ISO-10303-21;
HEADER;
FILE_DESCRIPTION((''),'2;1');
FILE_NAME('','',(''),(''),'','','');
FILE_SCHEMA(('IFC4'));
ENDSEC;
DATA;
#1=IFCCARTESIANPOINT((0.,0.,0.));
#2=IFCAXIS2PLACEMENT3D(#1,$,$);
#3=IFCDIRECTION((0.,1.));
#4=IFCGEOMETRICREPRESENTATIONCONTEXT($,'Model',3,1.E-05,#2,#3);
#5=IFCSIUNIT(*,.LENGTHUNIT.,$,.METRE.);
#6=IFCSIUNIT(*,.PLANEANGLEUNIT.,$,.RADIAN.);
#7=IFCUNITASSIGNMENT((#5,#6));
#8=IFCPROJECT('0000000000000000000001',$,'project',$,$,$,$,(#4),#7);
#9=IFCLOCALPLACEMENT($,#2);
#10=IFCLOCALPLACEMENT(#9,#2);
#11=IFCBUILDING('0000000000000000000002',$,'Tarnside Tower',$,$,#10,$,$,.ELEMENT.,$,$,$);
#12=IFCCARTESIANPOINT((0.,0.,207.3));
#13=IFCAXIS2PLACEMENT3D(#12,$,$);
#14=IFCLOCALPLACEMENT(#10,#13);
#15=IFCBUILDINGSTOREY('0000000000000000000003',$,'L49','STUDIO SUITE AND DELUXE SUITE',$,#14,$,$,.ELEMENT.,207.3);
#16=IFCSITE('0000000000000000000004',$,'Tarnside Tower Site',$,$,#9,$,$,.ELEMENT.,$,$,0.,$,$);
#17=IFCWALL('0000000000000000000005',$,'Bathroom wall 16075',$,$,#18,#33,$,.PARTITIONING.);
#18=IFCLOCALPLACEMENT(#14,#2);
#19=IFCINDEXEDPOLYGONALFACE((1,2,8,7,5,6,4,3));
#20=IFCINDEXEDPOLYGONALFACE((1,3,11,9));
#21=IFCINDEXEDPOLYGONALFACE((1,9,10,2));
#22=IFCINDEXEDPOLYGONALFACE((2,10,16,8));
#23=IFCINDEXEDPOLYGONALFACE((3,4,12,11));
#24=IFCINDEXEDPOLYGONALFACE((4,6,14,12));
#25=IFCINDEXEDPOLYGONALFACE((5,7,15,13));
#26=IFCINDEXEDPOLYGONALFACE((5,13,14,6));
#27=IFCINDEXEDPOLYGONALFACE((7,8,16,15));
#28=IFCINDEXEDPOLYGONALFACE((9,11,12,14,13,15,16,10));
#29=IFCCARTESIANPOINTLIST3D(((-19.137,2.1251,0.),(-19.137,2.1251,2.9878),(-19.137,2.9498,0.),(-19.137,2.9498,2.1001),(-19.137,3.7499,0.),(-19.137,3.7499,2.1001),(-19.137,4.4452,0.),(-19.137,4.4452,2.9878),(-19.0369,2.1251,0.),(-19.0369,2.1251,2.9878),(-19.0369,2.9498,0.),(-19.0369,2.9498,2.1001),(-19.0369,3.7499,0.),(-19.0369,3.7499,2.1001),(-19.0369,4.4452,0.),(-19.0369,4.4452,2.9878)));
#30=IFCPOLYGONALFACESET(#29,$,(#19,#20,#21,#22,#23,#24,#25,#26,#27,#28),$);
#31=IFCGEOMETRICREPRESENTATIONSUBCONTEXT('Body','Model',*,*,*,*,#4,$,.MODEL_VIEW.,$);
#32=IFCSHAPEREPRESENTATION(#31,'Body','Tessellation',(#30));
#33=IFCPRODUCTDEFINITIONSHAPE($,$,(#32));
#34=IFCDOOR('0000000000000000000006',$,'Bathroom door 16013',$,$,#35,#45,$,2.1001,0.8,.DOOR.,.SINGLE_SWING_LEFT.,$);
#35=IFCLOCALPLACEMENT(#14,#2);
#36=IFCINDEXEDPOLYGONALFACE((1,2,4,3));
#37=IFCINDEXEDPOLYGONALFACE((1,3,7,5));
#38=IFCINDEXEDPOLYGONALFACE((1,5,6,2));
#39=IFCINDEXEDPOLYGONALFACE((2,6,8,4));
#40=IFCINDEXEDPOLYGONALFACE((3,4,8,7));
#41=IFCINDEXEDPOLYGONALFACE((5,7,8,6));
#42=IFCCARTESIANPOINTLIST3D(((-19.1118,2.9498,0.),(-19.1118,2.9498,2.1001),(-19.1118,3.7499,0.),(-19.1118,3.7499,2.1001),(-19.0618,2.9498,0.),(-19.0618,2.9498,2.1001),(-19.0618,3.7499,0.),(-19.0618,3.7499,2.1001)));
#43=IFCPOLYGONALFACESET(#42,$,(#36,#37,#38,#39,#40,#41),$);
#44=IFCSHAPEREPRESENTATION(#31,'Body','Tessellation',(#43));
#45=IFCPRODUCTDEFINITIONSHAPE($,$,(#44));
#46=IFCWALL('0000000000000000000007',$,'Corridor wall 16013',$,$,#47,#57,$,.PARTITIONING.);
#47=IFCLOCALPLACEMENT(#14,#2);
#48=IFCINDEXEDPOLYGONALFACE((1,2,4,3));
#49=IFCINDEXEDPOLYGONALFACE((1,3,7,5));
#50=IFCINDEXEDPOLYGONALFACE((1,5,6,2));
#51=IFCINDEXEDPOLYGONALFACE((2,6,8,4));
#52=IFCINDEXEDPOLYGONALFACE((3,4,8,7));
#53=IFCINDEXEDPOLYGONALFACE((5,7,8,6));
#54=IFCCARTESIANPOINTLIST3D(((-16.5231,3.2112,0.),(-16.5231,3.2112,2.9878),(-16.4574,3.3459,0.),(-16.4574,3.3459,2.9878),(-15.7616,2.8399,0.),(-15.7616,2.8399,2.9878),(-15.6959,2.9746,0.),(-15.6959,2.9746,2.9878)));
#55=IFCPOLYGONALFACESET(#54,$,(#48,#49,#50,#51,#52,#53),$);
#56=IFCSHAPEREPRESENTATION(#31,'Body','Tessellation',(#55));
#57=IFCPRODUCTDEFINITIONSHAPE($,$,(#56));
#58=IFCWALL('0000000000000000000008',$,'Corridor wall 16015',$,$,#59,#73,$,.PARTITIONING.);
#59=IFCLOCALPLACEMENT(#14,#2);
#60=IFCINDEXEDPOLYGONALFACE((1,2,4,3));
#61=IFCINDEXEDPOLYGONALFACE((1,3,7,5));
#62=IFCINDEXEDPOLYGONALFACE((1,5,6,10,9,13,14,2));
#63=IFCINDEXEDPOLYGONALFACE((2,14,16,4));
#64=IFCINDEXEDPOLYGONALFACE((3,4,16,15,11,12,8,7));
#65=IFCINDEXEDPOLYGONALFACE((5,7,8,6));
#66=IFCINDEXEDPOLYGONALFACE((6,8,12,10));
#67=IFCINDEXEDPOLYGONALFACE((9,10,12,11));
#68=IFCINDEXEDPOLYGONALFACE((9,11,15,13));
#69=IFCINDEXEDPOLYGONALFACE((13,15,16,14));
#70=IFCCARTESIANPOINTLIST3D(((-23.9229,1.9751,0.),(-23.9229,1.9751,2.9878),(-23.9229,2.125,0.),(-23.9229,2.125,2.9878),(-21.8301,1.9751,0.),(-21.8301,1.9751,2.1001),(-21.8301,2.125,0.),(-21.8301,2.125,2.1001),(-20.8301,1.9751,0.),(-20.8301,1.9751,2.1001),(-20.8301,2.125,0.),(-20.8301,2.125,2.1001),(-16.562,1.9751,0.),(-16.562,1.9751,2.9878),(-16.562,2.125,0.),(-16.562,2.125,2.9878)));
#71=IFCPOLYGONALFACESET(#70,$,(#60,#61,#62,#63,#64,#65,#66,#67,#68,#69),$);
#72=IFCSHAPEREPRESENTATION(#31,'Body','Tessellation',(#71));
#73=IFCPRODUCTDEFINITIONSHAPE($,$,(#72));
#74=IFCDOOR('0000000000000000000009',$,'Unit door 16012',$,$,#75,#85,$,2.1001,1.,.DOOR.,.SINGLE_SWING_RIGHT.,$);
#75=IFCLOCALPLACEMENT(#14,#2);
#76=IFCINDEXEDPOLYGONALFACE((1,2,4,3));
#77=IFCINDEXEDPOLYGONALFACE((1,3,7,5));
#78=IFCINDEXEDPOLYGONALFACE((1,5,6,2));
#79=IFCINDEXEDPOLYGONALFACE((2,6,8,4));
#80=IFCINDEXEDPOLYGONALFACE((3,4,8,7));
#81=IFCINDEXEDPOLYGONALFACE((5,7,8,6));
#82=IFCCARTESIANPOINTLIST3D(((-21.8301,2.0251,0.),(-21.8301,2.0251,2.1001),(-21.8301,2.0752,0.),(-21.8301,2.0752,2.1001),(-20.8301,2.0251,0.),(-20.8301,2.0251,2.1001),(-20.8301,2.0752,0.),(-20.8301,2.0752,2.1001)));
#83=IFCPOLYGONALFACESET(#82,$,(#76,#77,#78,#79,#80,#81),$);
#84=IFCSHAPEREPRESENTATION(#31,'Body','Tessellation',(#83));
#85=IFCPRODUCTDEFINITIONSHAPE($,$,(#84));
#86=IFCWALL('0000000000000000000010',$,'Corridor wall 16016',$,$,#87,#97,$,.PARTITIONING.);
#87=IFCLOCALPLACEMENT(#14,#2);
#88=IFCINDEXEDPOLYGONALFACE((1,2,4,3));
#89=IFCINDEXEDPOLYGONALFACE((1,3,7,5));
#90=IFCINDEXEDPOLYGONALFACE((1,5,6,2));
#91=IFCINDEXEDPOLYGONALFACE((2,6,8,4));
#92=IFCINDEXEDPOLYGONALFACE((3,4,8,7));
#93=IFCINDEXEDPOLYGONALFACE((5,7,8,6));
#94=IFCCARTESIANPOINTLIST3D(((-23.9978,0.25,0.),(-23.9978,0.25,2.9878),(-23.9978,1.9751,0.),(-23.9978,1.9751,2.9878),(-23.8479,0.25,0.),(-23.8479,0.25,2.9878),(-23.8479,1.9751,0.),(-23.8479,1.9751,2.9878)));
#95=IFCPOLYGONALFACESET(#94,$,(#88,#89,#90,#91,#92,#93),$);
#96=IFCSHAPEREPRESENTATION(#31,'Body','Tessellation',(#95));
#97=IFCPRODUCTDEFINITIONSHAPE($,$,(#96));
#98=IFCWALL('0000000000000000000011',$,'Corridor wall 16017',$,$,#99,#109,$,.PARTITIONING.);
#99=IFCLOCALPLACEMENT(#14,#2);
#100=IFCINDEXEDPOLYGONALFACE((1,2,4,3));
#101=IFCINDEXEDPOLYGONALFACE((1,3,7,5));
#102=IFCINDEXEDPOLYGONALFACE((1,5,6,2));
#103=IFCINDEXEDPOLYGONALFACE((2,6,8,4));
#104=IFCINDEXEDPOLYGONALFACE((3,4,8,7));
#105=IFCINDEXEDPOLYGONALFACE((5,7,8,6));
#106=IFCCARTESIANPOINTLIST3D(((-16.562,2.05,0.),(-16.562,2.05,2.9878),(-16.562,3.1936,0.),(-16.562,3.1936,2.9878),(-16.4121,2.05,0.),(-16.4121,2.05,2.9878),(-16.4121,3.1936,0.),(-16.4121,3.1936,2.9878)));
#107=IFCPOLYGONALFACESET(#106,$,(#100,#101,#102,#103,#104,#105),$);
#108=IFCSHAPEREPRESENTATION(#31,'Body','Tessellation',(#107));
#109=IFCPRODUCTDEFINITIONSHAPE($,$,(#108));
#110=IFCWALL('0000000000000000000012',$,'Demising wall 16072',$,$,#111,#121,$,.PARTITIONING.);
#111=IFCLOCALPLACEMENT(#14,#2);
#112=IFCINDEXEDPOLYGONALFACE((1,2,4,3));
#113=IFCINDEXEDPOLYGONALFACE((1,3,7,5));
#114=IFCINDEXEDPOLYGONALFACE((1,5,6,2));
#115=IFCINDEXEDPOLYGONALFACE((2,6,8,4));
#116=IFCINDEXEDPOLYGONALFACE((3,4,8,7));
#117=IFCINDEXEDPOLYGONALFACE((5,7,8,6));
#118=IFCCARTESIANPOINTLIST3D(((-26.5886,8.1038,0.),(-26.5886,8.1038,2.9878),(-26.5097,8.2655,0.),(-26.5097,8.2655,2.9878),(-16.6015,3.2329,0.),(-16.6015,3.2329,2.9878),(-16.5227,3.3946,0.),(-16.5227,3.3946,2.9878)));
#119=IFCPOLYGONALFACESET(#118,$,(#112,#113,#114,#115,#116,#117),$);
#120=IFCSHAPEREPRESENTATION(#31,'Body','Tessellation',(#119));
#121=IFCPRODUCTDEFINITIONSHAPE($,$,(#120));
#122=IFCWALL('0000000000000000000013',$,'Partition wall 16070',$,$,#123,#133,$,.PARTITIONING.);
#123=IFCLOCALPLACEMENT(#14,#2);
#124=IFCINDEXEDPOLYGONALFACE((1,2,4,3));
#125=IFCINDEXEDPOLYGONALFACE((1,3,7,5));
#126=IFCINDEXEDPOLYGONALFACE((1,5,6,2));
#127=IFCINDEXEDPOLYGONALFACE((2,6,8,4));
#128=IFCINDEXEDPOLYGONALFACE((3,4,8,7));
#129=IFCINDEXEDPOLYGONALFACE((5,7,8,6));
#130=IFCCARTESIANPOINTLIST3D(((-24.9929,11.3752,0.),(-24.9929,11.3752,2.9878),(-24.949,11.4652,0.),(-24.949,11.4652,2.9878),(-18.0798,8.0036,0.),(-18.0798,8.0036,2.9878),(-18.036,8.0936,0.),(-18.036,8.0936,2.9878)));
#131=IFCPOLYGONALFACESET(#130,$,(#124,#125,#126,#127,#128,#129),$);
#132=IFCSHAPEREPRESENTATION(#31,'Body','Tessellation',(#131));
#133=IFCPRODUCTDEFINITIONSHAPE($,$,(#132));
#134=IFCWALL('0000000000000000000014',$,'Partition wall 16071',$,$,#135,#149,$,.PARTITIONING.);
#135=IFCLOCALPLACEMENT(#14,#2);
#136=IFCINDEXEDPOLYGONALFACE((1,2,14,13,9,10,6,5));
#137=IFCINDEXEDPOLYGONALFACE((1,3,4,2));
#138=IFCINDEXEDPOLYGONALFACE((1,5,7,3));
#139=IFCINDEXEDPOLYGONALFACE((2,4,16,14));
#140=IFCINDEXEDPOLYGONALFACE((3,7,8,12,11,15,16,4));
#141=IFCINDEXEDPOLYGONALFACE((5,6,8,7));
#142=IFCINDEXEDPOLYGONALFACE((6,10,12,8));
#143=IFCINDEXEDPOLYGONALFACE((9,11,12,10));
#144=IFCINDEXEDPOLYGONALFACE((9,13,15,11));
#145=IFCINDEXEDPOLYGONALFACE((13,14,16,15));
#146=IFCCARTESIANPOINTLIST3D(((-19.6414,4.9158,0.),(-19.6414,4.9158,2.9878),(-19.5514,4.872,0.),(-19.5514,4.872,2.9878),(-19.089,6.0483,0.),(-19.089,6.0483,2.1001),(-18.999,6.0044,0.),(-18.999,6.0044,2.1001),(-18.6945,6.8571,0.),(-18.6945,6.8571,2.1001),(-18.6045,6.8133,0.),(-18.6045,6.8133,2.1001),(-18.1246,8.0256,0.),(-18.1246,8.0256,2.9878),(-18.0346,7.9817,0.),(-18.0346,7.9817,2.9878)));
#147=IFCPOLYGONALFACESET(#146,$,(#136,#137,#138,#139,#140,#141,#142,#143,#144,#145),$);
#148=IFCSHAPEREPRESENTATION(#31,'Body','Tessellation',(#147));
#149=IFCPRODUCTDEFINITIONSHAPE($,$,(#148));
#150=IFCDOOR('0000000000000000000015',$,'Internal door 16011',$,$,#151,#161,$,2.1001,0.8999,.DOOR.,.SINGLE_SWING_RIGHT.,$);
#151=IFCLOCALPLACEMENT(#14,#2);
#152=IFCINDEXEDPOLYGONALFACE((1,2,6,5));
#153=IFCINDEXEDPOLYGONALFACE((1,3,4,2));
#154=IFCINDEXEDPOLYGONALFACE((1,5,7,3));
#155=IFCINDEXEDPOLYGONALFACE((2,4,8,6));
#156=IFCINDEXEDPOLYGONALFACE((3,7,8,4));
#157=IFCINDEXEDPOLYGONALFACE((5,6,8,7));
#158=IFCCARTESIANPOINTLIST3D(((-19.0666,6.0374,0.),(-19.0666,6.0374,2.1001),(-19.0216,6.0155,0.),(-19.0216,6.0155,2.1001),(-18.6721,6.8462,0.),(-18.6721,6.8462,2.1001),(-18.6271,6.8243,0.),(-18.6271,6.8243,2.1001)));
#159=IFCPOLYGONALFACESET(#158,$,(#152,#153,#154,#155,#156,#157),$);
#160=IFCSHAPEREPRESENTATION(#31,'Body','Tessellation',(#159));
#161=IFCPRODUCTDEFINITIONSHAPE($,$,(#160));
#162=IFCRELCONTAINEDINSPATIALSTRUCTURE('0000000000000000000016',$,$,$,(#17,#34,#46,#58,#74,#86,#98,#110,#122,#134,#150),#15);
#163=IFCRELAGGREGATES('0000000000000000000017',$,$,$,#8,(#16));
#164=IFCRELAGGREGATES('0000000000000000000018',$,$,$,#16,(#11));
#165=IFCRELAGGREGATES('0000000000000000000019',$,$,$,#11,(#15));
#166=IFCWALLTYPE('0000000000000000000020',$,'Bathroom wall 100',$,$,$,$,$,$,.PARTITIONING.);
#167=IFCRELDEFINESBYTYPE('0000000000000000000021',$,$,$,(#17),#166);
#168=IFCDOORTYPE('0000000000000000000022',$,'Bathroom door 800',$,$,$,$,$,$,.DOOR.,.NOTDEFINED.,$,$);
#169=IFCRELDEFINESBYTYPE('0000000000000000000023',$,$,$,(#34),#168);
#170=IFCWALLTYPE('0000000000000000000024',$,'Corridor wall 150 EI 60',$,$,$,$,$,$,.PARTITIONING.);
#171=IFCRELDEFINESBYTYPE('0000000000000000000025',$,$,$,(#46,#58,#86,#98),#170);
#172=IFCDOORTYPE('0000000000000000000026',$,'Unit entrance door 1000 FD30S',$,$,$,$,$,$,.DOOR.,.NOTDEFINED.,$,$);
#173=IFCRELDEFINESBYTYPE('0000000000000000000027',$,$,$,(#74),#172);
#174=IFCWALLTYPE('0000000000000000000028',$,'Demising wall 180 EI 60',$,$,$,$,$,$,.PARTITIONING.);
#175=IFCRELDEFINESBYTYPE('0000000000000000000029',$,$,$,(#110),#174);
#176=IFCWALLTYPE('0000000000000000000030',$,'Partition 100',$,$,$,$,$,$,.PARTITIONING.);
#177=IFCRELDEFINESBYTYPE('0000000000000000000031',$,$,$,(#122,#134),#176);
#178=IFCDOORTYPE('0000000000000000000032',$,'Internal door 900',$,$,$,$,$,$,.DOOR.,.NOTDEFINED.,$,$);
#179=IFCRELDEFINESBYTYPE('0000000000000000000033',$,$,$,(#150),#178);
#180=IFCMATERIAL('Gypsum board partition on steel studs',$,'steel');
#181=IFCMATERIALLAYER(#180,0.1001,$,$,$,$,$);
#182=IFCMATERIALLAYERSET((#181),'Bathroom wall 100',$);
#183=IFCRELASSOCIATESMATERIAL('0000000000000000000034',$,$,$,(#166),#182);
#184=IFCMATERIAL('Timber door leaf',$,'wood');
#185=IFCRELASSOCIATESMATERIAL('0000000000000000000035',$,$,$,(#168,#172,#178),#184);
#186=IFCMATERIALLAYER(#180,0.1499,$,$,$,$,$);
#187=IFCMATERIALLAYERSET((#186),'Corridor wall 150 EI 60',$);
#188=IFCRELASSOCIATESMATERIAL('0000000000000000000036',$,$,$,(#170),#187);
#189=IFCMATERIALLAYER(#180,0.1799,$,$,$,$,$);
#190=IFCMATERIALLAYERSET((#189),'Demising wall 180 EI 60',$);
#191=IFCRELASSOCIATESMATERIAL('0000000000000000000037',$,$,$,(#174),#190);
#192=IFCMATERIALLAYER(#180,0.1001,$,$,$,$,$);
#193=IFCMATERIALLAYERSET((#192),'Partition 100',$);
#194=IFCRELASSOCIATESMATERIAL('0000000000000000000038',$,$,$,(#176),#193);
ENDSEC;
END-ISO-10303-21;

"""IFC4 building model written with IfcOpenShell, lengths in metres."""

from ifc_helpers import new_model, si_unit, direction, frame, frame_2d, origin, place, context, subcontext, project, spatial, rectangle, extrude, material, layer, layer_set, type_object, element, fill, save


model = new_model("IFC4")

# Units and contexts
model_context = context("Model", 3, precision=1e-05, world=origin(), true_north=direction((0.0, 1.0)))
body_context = subcontext(model_context, "Body", "Model", "MODEL_VIEW")
ifc_project = project(units=[si_unit("LENGTHUNIT", "METRE"), si_unit("PLANEANGLEUNIT", "RADIAN")], contexts=[model_context])

# Site, building, storey
site_placement = place(None, origin())
site = spatial("IfcSite", under=ifc_project, at=site_placement, Name="Tarnside Tower Site", CompositionType="ELEMENT", RefElevation=0.0)
building_placement = place(site_placement, origin())
building = spatial("IfcBuilding", under=site, at=building_placement, Name="Tarnside Tower", CompositionType="ELEMENT")
storey_placement = place(building_placement, frame((0.0, 0.0, 207.3)))
storey = spatial("IfcBuildingStorey", under=building, at=storey_placement, Name="L49", Description="STUDIO SUITE AND DELUXE SUITE", CompositionType="ELEMENT", Elevation=207.3)

# Wall, opening, door
ifc_material_1 = material(Name="Gypsum board partition on steel studs", Category="steel")
ifc_layer_1 = layer(ifc_material_1, 0.1001)
ifc_layer_set_1 = layer_set([ifc_layer_1], Name="Bathroom wall 100")
wall_type_1 = type_object("IfcWallType", Name="Bathroom wall 100", PredefinedType="PARTITIONING", material=ifc_layer_set_1)
wall_1_placement = place(storey_placement, frame((-19.0869, 2.125, 0.0), z_axis=(0.0, 0.0, 1.0), x_axis=(0.0, 1.0, 0.0)))
wall_1 = element("IfcWall", 1, at=wall_1_placement, inside=storey, type_object=wall_type_1, Name="Bathroom wall 16075", PredefinedType="PARTITIONING", context=body_context, shape_type="SweptSolid", body=[
    extrude(rectangle(XDim=2.3201, YDim=0.1001, at=frame_2d((1.1602, 0.0))), origin(), (0.0, 0.0, 1.0), 2.9878),
])
opening_1_placement = place(wall_1_placement, frame((0.825, 0.0, 0.0)))
opening_1 = element("IfcOpeningElement", 2, at=opening_1_placement, cuts=wall_1, PredefinedType="OPENING", context=body_context, shape_type="SweptSolid", body=[
    extrude(rectangle(XDim=0.8, YDim=2.1001, at=frame_2d((0.3999, 1.05))), frame((0.0, 0.0601, 0.0), z_axis=(0.0, -1.0, 0.0), x_axis=(1.0, 0.0, 0.0)), (0.0, 0.0, 1.0), 0.1201),
])
ifc_material_2 = material(Name="Timber door leaf", Category="wood")
door_type_1 = type_object("IfcDoorType", Name="Bathroom door 800", OperationType="NOTDEFINED", PredefinedType="DOOR", material=ifc_material_2)
door_1_placement = place(opening_1_placement, origin())
door_1 = element("IfcDoor", 3, at=door_1_placement, inside=storey, type_object=door_type_1, Name="Bathroom door 16013", OperationType="SINGLE_SWING_LEFT", OverallHeight=2.1001, OverallWidth=0.8, PredefinedType="DOOR", context=body_context, shape_type="SweptSolid", body=[
    extrude(rectangle(XDim=0.8, YDim=2.1001, at=frame_2d((0.3999, 1.05))), frame((0.0, 0.0249, 0.0), z_axis=(0.0, -1.0, 0.0), x_axis=(1.0, 0.0, 0.0)), (0.0, 0.0, 1.0), 0.05),
])
fill(opening_1, door_1)

# Wall
ifc_layer_2 = layer(ifc_material_1, 0.1499)
ifc_layer_set_2 = layer_set([ifc_layer_2], Name="Corridor wall 150 EI 60")
wall_type_2 = type_object("IfcWallType", Name="Corridor wall 150 EI 60", PredefinedType="PARTITIONING", material=ifc_layer_set_2)
wall_2_placement = place(storey_placement, frame((-15.7288, 2.9072, 0.0), z_axis=(0.0, 0.0, 1.0), x_axis=(-0.898821, 0.438316, 0.0)))
element("IfcWall", 4, at=wall_2_placement, inside=storey, type_object=wall_type_2, Name="Corridor wall 16013", PredefinedType="PARTITIONING", context=body_context, shape_type="SweptSolid", body=[
    extrude(rectangle(XDim=0.8472, YDim=0.1499, at=frame_2d((0.4236, 0.0))), origin(), (0.0, 0.0, 1.0), 2.9878),
])

# Wall, opening, door
wall_3_placement = place(storey_placement, frame((-16.562, 2.05, 0.0), z_axis=(0.0, 0.0, 1.0), x_axis=(-1.0, 0.0, 0.0)))
wall_3 = element("IfcWall", 5, at=wall_3_placement, inside=storey, type_object=wall_type_2, Name="Corridor wall 16015", PredefinedType="PARTITIONING", context=body_context, shape_type="SweptSolid", body=[
    extrude(rectangle(XDim=7.3608, YDim=0.1499, at=frame_2d((3.6804, 0.0))), origin(), (0.0, 0.0, 1.0), 2.9878),
])
opening_2_placement = place(wall_3_placement, frame((4.2681, 0.0, 0.0)))
opening_2 = element("IfcOpeningElement", 6, at=opening_2_placement, cuts=wall_3, PredefinedType="OPENING", context=body_context, shape_type="SweptSolid", body=[
    extrude(rectangle(XDim=1.0, YDim=2.1001, at=frame_2d((0.5, 1.05))), frame((0.0, 0.085, 0.0), z_axis=(0.0, -1.0, 0.0), x_axis=(1.0, 0.0, 0.0)), (0.0, 0.0, 1.0), 0.1699),
])
door_type_2 = type_object("IfcDoorType", Name="Unit entrance door 1000 FD30S", OperationType="NOTDEFINED", PredefinedType="DOOR", material=ifc_material_2)
door_2_placement = place(opening_2_placement, origin())
door_2 = element("IfcDoor", 7, at=door_2_placement, inside=storey, type_object=door_type_2, Name="Unit door 16012", OperationType="SINGLE_SWING_RIGHT", OverallHeight=2.1001, OverallWidth=1.0, PredefinedType="DOOR", context=body_context, shape_type="SweptSolid", body=[
    extrude(rectangle(XDim=1.0, YDim=2.1001, at=frame_2d((0.5, 1.05))), frame((0.0, 0.0249, 0.0), z_axis=(0.0, -1.0, 0.0), x_axis=(1.0, 0.0, 0.0)), (0.0, 0.0, 1.0), 0.05),
])
fill(opening_2, door_2)

# Walls
wall_4_placement = place(storey_placement, frame((-23.9229, 1.9751, 0.0), z_axis=(0.0, 0.0, 1.0), x_axis=(0.0, -1.0, 0.0)))
element("IfcWall", 8, at=wall_4_placement, inside=storey, type_object=wall_type_2, Name="Corridor wall 16016", PredefinedType="PARTITIONING", context=body_context, shape_type="SweptSolid", body=[
    extrude(rectangle(XDim=1.7251, YDim=0.1499, at=frame_2d((0.8625, 0.0))), origin(), (0.0, 0.0, 1.0), 2.9878),
])
wall_5_placement = place(storey_placement, frame((-16.4871, 3.1936, 0.0), z_axis=(0.0, 0.0, 1.0), x_axis=(0.0, -1.0, 0.0)))
element("IfcWall", 9, at=wall_5_placement, inside=storey, type_object=wall_type_2, Name="Corridor wall 16017", PredefinedType="PARTITIONING", context=body_context, shape_type="SweptSolid", body=[
    extrude(rectangle(XDim=1.1436, YDim=0.1499, at=frame_2d((0.5718, 0.0))), origin(), (0.0, 0.0, 1.0), 2.9878),
])
ifc_layer_3 = layer(ifc_material_1, 0.1799)
ifc_layer_set_3 = layer_set([ifc_layer_3], Name="Demising wall 180 EI 60")
wall_type_3 = type_object("IfcWallType", Name="Demising wall 180 EI 60", PredefinedType="PARTITIONING", material=ifc_layer_set_3)
wall_6_placement = place(storey_placement, frame((-26.5491, 8.1846, 0.0), z_axis=(0.0, 0.0, 1.0), x_axis=(0.8988, -0.438359, 0.0)))
element("IfcWall", 10, at=wall_6_placement, inside=storey, type_object=wall_type_3, Name="Demising wall 16072", PredefinedType="PARTITIONING", context=body_context, shape_type="SweptSolid", body=[
    extrude(rectangle(XDim=11.1116, YDim=0.1799, at=frame_2d((5.5557, 0.0))), origin(), (0.0, 0.0, 1.0), 2.9878),
])
ifc_layer_4 = layer(ifc_material_1, 0.1001)
ifc_layer_set_4 = layer_set([ifc_layer_4], Name="Partition 100")
wall_type_4 = type_object("IfcWallType", Name="Partition 100", PredefinedType="PARTITIONING", material=ifc_layer_set_4)
wall_7_placement = place(storey_placement, frame((-24.9709, 11.4202, 0.0), z_axis=(0.0, 0.0, 1.0), x_axis=(0.898802, -0.438355, 0.0)))
element("IfcWall", 11, at=wall_7_placement, inside=storey, type_object=wall_type_4, Name="Partition wall 16070", PredefinedType="PARTITIONING", context=body_context, shape_type="SweptSolid", body=[
    extrude(rectangle(XDim=7.6914, YDim=0.1001, at=frame_2d((3.8457, 0.0))), origin(), (0.0, 0.0, 1.0), 2.9878),
])

# Wall, opening, door
wall_8_placement = place(storey_placement, frame((-18.0796, 8.0037, 0.0), z_axis=(0.0, 0.0, 1.0), x_axis=(-0.438386, -0.898787, 0.0)))
wall_8 = element("IfcWall", 12, at=wall_8_placement, inside=storey, type_object=wall_type_4, Name="Partition wall 16071", PredefinedType="PARTITIONING", context=body_context, shape_type="SweptSolid", body=[
    extrude(rectangle(XDim=3.46, YDim=0.1001, at=frame_2d((1.73, 0.0))), origin(), (0.0, 0.0, 1.0), 2.9878),
])
opening_3_placement = place(wall_8_placement, frame((1.3, 0.0, 0.0)))
opening_3 = element("IfcOpeningElement", 13, at=opening_3_placement, cuts=wall_8, PredefinedType="OPENING", context=body_context, shape_type="SweptSolid", body=[
    extrude(rectangle(XDim=0.8999, YDim=2.1001, at=frame_2d((0.45, 1.05))), frame((0.0, 0.0601, 0.0), z_axis=(0.0, -1.0, 0.0), x_axis=(1.0, 0.0, 0.0)), (0.0, 0.0, 1.0), 0.1201),
])
door_type_3 = type_object("IfcDoorType", Name="Internal door 900", OperationType="NOTDEFINED", PredefinedType="DOOR", material=ifc_material_2)
door_3_placement = place(opening_3_placement, origin())
door_3 = element("IfcDoor", 14, at=door_3_placement, inside=storey, type_object=door_type_3, Name="Internal door 16011", OperationType="SINGLE_SWING_RIGHT", OverallHeight=2.1001, OverallWidth=0.8999, PredefinedType="DOOR", context=body_context, shape_type="SweptSolid", body=[
    extrude(rectangle(XDim=0.8999, YDim=2.1001, at=frame_2d((0.45, 1.05))), frame((0.0, 0.0249, 0.0), z_axis=(0.0, -1.0, 0.0), x_axis=(1.0, 0.0, 0.0)), (0.0, 0.0, 1.0), 0.05),
])
fill(opening_3, door_3)

save(model, "model.ifc")
